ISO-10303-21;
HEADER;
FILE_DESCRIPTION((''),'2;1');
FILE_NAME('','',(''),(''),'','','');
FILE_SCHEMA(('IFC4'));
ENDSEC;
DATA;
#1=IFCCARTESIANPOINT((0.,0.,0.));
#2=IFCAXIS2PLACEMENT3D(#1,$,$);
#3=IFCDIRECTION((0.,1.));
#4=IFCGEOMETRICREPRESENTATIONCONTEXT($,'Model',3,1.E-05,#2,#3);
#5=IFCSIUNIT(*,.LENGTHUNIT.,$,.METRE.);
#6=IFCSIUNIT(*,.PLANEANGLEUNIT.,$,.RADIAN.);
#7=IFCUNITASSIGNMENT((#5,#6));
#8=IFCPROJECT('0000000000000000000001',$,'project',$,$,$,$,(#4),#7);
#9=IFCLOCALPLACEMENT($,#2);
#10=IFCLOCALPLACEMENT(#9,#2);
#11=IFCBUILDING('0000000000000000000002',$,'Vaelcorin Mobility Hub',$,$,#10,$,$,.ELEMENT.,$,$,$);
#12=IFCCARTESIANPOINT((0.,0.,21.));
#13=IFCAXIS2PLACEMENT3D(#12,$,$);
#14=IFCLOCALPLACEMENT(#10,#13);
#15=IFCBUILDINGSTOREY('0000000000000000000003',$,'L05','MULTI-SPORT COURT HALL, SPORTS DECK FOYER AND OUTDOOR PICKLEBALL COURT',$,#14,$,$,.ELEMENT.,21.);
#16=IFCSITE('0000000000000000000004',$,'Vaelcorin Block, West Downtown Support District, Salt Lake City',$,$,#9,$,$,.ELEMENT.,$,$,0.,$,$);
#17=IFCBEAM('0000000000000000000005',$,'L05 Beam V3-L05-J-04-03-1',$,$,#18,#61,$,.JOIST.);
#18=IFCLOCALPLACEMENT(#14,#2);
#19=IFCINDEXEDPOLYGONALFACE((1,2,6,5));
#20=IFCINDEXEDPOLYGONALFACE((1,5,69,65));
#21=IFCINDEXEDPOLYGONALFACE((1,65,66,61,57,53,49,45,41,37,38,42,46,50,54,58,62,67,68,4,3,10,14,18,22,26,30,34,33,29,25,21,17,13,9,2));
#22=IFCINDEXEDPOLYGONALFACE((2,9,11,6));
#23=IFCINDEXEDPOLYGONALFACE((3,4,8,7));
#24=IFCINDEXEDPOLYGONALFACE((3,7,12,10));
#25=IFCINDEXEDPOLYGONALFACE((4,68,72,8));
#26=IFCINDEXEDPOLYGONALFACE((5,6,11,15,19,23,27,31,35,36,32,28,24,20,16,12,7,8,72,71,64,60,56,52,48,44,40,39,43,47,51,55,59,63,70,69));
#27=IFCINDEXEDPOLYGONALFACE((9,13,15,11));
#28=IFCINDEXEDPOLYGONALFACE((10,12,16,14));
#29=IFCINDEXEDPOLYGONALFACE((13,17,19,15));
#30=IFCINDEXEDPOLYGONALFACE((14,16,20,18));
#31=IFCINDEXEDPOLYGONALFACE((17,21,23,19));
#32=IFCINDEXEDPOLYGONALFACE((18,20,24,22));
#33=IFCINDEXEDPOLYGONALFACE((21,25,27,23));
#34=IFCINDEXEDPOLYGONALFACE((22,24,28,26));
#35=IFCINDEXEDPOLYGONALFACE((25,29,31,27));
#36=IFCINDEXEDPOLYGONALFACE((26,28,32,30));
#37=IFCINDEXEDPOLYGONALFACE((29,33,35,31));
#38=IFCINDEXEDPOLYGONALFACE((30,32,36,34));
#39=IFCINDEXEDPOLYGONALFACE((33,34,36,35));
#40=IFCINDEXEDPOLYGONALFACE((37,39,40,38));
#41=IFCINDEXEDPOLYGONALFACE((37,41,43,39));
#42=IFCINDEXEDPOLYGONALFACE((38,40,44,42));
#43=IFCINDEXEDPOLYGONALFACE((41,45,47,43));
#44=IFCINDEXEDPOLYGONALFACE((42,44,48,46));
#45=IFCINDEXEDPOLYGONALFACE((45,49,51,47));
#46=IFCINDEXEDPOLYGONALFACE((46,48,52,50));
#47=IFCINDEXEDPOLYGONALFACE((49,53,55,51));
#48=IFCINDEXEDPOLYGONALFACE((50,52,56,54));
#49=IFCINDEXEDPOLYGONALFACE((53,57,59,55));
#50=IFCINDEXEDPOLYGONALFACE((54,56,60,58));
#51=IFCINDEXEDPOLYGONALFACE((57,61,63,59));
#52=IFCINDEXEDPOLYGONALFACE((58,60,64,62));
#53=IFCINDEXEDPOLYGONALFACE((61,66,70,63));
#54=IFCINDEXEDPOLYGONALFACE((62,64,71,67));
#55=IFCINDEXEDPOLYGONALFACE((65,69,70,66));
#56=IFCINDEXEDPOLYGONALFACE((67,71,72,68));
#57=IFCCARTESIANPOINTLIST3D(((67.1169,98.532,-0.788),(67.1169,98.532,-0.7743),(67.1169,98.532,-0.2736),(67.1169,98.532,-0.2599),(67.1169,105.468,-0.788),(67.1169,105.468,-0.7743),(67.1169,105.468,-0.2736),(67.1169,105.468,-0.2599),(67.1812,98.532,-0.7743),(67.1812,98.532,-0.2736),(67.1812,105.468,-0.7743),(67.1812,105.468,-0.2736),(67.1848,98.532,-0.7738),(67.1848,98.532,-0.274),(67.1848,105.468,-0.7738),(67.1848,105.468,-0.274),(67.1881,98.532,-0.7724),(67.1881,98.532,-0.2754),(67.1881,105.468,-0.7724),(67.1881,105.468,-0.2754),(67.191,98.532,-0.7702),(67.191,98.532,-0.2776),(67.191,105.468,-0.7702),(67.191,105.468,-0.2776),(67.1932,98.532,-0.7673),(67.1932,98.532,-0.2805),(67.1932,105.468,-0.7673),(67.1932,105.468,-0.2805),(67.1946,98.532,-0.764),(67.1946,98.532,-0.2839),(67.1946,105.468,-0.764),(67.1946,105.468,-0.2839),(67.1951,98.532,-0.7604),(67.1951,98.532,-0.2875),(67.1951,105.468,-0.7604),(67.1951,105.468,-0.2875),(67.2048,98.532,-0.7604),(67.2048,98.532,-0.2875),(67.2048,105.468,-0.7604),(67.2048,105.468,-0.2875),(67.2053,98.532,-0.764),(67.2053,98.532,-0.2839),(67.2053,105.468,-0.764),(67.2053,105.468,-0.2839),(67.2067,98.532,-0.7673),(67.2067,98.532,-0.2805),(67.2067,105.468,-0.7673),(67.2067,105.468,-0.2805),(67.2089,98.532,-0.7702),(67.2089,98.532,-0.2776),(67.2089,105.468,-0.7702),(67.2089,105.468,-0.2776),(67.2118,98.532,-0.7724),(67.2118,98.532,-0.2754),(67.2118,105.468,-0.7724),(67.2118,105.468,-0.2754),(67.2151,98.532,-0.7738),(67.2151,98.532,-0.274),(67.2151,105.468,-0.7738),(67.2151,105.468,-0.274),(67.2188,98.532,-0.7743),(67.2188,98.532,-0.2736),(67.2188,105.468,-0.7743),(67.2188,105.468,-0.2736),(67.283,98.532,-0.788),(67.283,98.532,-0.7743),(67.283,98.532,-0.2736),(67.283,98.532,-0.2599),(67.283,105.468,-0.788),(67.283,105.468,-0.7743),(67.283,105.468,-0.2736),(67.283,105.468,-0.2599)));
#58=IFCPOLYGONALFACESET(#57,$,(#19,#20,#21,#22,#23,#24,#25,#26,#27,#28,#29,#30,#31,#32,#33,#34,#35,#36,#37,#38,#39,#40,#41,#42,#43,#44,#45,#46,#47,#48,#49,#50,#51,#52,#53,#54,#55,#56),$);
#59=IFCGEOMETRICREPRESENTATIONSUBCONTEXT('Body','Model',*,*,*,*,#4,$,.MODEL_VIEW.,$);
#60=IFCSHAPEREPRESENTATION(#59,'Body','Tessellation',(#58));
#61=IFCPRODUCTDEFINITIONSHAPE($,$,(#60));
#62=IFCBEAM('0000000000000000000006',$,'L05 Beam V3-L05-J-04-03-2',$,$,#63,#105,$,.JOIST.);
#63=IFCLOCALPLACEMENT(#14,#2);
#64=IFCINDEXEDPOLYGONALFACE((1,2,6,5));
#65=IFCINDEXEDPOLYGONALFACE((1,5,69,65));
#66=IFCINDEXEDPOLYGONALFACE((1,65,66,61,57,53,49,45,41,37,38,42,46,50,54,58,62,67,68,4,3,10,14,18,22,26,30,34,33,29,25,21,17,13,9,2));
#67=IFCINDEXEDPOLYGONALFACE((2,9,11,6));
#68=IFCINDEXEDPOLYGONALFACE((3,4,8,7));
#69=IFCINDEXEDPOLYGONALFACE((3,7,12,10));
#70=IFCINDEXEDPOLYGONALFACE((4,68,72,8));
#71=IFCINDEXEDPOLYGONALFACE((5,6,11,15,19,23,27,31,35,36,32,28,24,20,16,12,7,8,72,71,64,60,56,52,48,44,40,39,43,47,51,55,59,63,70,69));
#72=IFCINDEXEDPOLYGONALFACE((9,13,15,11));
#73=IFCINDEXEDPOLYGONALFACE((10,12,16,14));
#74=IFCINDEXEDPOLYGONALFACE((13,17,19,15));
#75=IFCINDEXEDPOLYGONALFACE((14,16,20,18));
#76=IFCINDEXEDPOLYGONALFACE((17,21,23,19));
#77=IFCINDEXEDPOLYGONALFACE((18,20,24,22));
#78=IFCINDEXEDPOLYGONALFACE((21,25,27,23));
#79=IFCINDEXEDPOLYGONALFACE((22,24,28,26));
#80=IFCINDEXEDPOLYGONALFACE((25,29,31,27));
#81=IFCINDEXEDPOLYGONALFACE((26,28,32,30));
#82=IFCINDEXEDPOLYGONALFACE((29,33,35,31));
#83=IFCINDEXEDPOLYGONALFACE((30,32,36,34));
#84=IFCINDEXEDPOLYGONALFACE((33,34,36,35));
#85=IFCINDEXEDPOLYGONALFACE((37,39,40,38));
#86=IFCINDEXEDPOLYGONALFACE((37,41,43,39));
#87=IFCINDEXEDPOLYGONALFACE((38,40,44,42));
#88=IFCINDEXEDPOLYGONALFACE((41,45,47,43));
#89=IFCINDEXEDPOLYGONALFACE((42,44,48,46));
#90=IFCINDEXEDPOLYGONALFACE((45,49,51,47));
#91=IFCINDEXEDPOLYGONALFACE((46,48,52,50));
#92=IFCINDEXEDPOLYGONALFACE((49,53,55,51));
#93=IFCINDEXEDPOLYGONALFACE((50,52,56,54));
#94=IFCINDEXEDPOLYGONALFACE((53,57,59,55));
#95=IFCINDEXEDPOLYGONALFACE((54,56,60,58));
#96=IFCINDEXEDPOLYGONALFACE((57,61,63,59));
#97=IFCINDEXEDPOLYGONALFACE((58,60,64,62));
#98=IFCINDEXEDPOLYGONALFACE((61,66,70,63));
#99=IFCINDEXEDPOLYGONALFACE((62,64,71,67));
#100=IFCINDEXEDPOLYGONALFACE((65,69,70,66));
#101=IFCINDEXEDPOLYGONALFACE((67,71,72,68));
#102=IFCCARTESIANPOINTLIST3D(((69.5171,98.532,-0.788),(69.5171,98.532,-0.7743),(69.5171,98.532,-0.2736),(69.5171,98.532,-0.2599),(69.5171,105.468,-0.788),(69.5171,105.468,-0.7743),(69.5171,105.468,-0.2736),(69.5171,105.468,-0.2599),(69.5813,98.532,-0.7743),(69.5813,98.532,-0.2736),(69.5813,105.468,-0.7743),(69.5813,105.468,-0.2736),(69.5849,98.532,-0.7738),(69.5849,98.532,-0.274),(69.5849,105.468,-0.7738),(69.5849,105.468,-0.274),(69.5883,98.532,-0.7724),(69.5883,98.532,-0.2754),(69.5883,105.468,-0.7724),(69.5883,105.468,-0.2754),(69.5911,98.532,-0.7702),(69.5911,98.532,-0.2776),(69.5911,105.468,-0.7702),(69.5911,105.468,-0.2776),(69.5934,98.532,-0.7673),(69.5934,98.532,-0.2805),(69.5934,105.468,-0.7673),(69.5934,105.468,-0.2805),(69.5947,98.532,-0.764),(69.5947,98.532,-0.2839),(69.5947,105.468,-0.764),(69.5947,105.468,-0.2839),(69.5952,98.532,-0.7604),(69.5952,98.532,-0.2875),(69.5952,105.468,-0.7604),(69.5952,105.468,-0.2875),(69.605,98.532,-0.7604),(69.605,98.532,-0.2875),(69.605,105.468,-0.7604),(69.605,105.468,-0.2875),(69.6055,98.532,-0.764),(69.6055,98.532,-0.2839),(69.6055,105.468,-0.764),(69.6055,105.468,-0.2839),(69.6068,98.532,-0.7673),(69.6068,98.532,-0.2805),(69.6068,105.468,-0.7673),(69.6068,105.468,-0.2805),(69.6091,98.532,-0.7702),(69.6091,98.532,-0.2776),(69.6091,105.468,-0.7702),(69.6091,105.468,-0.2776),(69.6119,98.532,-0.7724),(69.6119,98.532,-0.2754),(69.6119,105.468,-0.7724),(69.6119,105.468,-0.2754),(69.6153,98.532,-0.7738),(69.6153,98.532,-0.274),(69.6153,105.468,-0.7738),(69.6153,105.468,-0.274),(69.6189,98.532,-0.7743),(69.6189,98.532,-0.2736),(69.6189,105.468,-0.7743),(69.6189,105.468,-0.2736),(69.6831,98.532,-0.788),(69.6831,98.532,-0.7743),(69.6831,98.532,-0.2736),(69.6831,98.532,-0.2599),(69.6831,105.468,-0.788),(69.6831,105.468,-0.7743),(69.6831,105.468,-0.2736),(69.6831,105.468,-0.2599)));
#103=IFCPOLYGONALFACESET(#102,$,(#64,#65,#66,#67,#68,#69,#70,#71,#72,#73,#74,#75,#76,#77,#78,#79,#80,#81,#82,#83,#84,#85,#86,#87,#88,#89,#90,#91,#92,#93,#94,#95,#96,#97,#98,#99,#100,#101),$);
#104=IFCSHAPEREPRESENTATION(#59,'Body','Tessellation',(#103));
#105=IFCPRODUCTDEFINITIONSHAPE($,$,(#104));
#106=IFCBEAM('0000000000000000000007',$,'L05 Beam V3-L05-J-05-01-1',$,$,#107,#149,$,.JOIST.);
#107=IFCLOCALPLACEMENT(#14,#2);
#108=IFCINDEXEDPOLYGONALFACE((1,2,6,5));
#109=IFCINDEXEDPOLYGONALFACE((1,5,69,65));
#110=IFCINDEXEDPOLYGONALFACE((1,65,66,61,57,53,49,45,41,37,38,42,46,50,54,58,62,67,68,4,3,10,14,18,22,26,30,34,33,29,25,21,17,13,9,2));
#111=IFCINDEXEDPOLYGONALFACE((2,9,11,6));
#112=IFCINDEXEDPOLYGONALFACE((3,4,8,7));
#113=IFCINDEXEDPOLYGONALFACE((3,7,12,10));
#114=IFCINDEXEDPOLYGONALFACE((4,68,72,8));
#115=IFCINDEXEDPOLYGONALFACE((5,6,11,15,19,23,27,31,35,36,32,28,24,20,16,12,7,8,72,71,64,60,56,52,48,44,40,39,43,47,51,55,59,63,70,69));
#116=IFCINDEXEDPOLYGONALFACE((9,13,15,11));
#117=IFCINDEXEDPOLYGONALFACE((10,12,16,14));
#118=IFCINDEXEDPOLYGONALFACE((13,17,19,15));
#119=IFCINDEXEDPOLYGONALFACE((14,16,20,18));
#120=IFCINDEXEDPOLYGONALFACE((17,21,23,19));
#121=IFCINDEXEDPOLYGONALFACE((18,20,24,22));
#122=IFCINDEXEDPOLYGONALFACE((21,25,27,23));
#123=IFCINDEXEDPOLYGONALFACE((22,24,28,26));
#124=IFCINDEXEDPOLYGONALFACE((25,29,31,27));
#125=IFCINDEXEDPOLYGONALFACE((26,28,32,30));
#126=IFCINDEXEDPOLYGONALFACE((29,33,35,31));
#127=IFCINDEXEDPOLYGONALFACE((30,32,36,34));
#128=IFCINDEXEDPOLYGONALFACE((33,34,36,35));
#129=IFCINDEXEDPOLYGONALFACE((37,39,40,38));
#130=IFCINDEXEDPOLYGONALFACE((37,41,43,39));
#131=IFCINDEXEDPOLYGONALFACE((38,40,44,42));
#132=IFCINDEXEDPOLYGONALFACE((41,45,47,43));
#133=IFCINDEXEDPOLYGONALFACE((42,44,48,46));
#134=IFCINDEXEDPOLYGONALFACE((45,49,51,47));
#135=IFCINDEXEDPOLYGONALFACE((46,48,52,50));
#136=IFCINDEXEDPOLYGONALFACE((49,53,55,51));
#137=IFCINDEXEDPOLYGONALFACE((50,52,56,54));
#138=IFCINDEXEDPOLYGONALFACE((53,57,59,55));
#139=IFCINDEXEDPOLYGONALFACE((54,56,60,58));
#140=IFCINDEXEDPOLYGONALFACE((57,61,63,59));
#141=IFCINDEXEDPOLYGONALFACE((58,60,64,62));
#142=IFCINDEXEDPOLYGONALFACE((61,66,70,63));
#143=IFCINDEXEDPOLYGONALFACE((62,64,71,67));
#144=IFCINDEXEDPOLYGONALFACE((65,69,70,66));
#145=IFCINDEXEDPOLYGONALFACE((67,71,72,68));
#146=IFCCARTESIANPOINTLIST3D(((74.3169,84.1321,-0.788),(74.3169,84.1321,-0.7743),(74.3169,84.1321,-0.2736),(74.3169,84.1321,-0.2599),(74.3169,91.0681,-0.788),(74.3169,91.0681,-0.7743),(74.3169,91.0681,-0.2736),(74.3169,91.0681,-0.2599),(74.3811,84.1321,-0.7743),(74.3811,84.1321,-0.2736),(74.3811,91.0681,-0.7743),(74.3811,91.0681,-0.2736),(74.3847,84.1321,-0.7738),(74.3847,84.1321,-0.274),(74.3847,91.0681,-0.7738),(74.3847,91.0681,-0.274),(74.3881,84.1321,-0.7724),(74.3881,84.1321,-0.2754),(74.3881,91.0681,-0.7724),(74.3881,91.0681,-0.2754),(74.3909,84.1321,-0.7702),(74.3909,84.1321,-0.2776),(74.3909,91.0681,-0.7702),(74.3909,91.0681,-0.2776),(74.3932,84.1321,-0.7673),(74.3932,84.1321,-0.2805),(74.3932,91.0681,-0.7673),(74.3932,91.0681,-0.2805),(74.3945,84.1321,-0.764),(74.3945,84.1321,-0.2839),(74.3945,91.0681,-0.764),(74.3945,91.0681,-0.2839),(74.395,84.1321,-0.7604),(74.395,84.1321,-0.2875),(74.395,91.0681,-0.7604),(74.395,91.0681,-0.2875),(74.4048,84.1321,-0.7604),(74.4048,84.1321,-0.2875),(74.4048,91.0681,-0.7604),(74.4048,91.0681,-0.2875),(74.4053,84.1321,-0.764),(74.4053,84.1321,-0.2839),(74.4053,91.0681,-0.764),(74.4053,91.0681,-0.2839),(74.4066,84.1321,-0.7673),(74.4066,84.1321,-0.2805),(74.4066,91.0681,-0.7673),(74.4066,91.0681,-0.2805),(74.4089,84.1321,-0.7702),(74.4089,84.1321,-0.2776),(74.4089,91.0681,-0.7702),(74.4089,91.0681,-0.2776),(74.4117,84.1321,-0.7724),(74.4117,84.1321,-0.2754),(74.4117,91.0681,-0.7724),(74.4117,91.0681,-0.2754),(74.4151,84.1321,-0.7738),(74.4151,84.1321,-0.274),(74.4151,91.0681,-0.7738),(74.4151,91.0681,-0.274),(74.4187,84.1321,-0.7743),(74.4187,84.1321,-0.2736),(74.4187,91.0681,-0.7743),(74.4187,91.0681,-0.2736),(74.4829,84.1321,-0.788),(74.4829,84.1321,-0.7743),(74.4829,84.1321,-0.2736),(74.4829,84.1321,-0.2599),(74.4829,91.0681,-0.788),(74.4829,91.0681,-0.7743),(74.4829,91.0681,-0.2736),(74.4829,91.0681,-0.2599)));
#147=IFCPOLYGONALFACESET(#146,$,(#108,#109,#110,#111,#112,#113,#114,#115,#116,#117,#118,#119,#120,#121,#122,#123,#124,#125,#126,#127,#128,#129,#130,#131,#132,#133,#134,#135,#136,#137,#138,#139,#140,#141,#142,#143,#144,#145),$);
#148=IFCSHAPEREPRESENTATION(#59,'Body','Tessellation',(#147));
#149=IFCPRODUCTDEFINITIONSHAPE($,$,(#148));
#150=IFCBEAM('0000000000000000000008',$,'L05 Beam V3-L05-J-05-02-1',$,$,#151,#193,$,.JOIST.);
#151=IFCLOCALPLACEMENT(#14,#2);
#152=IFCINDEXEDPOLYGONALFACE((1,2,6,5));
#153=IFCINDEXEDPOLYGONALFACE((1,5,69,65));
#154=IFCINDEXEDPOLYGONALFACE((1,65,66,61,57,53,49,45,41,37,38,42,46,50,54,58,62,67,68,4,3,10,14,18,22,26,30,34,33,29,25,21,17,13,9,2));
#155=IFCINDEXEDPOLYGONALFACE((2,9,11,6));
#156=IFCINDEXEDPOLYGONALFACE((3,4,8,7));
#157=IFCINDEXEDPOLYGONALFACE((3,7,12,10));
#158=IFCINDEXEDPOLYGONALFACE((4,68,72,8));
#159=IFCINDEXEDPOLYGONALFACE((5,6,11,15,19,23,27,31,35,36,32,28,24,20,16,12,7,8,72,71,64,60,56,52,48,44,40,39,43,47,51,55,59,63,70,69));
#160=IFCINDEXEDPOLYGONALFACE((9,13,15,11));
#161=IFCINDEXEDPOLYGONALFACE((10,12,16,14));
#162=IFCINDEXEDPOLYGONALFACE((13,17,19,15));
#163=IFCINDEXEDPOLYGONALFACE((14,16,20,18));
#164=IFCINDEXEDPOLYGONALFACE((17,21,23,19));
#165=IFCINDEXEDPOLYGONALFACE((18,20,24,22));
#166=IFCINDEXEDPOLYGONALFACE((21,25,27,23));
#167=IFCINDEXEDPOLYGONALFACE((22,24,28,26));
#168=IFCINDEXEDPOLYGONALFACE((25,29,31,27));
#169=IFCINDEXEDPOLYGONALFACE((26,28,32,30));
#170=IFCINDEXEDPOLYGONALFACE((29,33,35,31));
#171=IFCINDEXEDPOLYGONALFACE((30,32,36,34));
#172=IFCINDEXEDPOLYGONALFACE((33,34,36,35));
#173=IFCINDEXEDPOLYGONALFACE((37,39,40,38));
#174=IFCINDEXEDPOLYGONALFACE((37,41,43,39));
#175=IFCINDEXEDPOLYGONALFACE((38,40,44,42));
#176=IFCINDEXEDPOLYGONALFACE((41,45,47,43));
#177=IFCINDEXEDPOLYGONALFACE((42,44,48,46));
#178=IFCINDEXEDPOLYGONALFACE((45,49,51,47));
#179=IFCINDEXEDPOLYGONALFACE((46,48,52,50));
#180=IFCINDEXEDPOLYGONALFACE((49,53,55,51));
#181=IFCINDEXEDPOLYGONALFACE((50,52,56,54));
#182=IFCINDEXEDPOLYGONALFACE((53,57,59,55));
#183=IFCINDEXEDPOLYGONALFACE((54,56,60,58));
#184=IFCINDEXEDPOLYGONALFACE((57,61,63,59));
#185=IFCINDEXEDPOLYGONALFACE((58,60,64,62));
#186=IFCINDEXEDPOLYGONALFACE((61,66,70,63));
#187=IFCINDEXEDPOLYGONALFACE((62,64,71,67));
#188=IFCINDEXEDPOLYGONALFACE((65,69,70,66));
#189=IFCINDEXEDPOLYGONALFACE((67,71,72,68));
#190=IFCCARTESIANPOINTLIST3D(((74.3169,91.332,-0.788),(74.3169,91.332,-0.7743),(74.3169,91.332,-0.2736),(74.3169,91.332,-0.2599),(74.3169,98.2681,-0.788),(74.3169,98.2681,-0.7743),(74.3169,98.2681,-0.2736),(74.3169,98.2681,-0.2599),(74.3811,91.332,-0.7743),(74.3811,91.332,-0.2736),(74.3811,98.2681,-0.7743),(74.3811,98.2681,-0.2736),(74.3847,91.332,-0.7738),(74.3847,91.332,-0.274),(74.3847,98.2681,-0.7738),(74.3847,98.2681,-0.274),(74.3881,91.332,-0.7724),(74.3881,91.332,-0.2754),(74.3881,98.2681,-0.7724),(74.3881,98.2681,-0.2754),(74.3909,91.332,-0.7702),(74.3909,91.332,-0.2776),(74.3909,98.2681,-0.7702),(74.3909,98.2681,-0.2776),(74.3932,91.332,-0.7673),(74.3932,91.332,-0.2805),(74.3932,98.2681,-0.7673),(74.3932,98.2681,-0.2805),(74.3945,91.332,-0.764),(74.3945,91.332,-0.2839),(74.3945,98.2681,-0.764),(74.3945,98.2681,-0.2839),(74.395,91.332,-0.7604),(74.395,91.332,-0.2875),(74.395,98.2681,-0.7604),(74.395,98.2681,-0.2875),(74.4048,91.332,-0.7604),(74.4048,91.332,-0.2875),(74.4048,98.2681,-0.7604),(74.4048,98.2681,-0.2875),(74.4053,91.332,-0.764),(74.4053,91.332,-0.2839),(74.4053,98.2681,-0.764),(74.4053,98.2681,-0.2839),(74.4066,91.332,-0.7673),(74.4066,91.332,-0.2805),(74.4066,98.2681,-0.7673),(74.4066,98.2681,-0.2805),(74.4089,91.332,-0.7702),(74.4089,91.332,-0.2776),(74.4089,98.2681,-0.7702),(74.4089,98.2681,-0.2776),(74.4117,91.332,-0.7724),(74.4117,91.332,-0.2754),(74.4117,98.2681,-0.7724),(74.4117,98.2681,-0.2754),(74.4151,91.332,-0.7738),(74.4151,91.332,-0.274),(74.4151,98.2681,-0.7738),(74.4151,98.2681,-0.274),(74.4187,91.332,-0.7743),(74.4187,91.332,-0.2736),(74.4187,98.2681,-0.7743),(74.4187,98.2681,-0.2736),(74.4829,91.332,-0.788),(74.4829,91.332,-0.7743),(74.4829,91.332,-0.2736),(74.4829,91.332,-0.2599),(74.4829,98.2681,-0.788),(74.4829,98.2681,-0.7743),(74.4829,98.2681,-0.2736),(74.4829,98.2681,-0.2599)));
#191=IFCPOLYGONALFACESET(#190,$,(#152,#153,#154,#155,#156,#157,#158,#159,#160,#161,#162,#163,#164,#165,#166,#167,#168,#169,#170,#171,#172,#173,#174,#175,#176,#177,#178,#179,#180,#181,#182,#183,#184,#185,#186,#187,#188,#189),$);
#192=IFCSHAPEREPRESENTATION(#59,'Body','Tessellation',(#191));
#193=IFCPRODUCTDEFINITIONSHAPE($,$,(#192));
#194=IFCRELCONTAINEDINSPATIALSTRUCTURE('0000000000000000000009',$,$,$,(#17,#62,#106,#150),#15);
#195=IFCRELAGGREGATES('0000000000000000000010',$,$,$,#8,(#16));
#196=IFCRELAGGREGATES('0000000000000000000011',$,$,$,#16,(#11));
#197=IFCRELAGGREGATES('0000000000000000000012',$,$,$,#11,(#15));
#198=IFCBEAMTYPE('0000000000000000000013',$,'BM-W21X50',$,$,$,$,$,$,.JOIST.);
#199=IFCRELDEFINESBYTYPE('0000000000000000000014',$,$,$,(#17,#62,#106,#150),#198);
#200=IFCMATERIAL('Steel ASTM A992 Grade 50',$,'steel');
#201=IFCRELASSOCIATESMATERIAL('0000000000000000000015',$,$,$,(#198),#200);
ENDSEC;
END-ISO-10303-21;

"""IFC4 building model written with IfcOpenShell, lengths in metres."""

from ifc_helpers import new_model, si_unit, direction, frame, origin, origin_2d, place, context, subcontext, project, spatial, i_section, extrude, material, material_profile, profile_set, type_object, element, save


model = new_model("IFC4")

# Units and contexts
model_context = context("Model", 3, precision=1e-05, world=origin(), true_north=direction((0.0, 1.0)))
body_context = subcontext(model_context, "Body", "Model", "MODEL_VIEW")
ifc_project = project(units=[si_unit("LENGTHUNIT", "METRE"), si_unit("PLANEANGLEUNIT", "RADIAN")], contexts=[model_context])

# Site, building, storey
site_placement = place(None, origin())
site = spatial("IfcSite", under=ifc_project, at=site_placement, Name="Vaelcorin Block, West Downtown Support District, Salt Lake City", CompositionType="ELEMENT", RefElevation=0.0)
building_placement = place(site_placement, origin())
building = spatial("IfcBuilding", under=site, at=building_placement, Name="Vaelcorin Mobility Hub", CompositionType="ELEMENT")
storey_placement = place(building_placement, frame((0.0, 0.0, 21.0)))
storey = spatial("IfcBuildingStorey", under=building, at=storey_placement, Name="L05", Description="MULTI-SPORT COURT HALL, SPORTS DECK FOYER AND OUTDOOR PICKLEBALL COURT", CompositionType="ELEMENT", Elevation=21.0)

# Beams
ifc_material_1 = material(Name="Steel ASTM A992 Grade 50", Category="steel")
ifc_material_profile_1 = material_profile(ifc_material_1, i_section(OverallWidth=0.166, OverallDepth=0.5281, WebThickness=0.0098, FlangeThickness=0.0137, FilletRadius=0.0139, at=origin_2d()), Name="W21X50")
ifc_profile_set_1 = profile_set([ifc_material_profile_1], Name="Steel ASTM A992 Grade 50")
beam_type_1 = type_object("IfcBeamType", Name="BM-W21X50", PredefinedType="JOIST", material=ifc_profile_set_1)
for number, where, z_axis, x_axis, name in (
    (1, (67.2, 98.532, -0.5239), (0.0, 1.0, 0.0), (-1.0, 0.0, 0.0), "L05 Beam V3-L05-J-04-03-1"),
    (2, (69.6001, 98.532, -0.5239), (0.0, 1.0, 0.0), (-1.0, 0.0, 0.0), "L05 Beam V3-L05-J-04-03-2"),
    (3, (74.3999, 84.1321, -0.5239), (0.0, 1.0, 0.0), (-1.0, 0.0, 0.0), "L05 Beam V3-L05-J-05-01-1"),
    (4, (74.3999, 91.332, -0.5239), (0.0, 1.0, 0.0), (-1.0, 0.0, 0.0), "L05 Beam V3-L05-J-05-02-1"),
):
    element("IfcBeam", number, at=place(storey_placement, frame(where, z_axis=z_axis, x_axis=x_axis)), inside=storey, type_object=beam_type_1, Name=name, PredefinedType="JOIST", context=body_context, shape_type="SweptSolid", body=[
        extrude(i_section(OverallWidth=0.166, OverallDepth=0.5281, WebThickness=0.0098, FlangeThickness=0.0137, FilletRadius=0.0139, at=origin_2d()), origin(), (0.0, 0.0, 1.0), 6.936),
    ])

save(model, "model.ifc")
